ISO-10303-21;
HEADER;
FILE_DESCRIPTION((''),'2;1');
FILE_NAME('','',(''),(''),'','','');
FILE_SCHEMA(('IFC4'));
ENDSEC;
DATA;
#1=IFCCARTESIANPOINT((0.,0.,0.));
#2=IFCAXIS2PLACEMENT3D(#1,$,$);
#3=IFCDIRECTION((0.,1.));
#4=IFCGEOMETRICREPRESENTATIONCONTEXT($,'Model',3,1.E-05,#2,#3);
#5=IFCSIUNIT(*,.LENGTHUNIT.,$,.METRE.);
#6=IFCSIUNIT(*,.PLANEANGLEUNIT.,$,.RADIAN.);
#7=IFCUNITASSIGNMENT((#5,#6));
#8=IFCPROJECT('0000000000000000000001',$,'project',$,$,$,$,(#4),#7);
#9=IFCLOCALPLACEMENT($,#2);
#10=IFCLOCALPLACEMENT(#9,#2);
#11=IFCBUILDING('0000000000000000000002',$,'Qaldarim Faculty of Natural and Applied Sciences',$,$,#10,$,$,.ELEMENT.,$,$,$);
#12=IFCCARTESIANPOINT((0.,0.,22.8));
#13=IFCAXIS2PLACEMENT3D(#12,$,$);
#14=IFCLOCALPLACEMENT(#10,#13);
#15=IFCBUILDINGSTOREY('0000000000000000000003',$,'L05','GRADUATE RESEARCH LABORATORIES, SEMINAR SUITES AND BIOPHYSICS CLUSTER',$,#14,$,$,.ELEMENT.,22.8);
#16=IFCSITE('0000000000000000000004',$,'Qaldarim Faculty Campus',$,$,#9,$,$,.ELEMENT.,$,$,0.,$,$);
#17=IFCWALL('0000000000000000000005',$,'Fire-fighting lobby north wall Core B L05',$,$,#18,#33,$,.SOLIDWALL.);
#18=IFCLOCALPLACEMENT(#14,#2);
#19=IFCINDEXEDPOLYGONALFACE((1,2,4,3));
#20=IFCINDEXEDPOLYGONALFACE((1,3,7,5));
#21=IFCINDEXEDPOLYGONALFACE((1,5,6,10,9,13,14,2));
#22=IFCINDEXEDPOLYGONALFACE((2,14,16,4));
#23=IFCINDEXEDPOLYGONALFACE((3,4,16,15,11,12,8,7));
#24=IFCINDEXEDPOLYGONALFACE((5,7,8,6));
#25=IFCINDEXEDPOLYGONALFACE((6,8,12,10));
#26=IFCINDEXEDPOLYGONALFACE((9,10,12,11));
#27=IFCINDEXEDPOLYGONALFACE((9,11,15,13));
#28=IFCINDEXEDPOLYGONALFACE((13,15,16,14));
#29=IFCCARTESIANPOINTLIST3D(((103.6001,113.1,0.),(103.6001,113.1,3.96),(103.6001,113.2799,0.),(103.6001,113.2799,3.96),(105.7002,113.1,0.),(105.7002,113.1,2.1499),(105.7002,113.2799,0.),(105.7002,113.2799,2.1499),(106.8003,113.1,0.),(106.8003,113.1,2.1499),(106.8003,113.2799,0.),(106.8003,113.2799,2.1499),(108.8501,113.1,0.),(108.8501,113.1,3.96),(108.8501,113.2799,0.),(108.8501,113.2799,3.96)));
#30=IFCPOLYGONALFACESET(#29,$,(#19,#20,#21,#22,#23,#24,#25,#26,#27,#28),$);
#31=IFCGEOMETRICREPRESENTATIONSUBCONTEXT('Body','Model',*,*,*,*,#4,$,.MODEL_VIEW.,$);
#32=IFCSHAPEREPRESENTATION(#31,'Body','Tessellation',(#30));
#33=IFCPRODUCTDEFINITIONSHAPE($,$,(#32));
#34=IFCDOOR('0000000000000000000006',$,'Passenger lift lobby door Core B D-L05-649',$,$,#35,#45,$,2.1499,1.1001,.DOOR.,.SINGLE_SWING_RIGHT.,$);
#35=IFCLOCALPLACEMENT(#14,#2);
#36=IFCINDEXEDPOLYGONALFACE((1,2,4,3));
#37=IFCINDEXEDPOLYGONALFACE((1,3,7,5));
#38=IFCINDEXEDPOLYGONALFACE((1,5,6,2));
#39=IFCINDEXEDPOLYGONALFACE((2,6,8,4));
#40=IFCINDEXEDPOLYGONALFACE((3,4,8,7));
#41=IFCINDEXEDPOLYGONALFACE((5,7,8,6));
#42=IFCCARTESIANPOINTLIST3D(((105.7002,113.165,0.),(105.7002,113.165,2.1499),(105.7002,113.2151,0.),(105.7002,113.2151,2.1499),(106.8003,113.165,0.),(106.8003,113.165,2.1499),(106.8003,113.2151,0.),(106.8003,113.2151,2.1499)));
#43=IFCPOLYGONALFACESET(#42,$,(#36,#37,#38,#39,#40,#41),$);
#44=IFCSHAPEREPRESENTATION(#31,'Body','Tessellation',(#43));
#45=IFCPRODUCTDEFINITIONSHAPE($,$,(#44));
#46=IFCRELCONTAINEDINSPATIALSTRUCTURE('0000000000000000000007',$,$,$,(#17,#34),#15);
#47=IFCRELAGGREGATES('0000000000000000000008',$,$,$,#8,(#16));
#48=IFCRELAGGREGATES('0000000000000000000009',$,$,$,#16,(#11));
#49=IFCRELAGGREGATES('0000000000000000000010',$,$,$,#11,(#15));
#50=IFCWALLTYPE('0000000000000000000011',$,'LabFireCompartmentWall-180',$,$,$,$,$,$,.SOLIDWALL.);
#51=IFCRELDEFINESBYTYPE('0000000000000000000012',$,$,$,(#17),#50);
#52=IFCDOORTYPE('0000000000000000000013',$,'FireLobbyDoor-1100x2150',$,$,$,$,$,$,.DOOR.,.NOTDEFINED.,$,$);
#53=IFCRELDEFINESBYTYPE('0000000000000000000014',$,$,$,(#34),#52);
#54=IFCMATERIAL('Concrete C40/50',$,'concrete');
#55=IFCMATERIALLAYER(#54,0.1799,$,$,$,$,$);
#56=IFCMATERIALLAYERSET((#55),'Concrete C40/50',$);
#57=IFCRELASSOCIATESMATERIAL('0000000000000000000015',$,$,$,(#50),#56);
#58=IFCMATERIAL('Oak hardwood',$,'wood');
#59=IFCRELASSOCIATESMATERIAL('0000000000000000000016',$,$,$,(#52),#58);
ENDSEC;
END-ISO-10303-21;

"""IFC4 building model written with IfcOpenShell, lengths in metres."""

from ifc_helpers import new_model, si_unit, direction, frame, frame_2d, origin, place, context, subcontext, project, spatial, rectangle, extrude, material, layer, layer_set, type_object, element, fill, save


model = new_model("IFC4")

# Units and contexts
model_context = context("Model", 3, precision=1e-05, world=origin(), true_north=direction((0.0, 1.0)))
body_context = subcontext(model_context, "Body", "Model", "MODEL_VIEW")
ifc_project = project(units=[si_unit("LENGTHUNIT", "METRE"), si_unit("PLANEANGLEUNIT", "RADIAN")], contexts=[model_context])

# Site, building, storey
site_placement = place(None, origin())
site = spatial("IfcSite", under=ifc_project, at=site_placement, Name="Qaldarim Faculty Campus", CompositionType="ELEMENT", RefElevation=0.0)
building_placement = place(site_placement, origin())
building = spatial("IfcBuilding", under=site, at=building_placement, Name="Qaldarim Faculty of Natural and Applied Sciences", CompositionType="ELEMENT")
storey_placement = place(building_placement, frame((0.0, 0.0, 22.8)))
storey = spatial("IfcBuildingStorey", under=building, at=storey_placement, Name="L05", Description="GRADUATE RESEARCH LABORATORIES, SEMINAR SUITES AND BIOPHYSICS CLUSTER", CompositionType="ELEMENT", Elevation=22.8)

# Shared definitions
ifc_material_1 = material(Name="Concrete C40/50", Category="concrete")

# Shared definitions
ifc_material_2 = material(Name="Oak hardwood", Category="wood")

# Shared definitions
ifc_layer_1 = layer(ifc_material_1, 0.1799)
ifc_layer_set_1 = layer_set([ifc_layer_1], Name="Concrete C40/50")
wall_type_1 = type_object("IfcWallType", Name="LabFireCompartmentWall-180", PredefinedType="SOLIDWALL", material=ifc_layer_set_1)

# Wall, opening, door
wall_1_placement = place(storey_placement, frame((103.6001, 113.1899, 0.0), z_axis=(0.0, 0.0, 1.0), x_axis=(1.0, 0.0, 0.0)))
wall_1 = element("IfcWall", 1, at=wall_1_placement, inside=storey, type_object=wall_type_1, Name="Fire-fighting lobby north wall Core B L05", PredefinedType="SOLIDWALL", context=body_context, shape_type="SweptSolid", body=[
    extrude(rectangle(XDim=5.25, YDim=0.1799, at=frame_2d((2.625, 0.0))), origin(), (0.0, 0.0, 1.0), 3.96),
])
opening_1_placement = place(wall_1_placement, frame((2.1001, 0.0, 0.0)))
opening_1 = element("IfcOpeningElement", 2, at=opening_1_placement, cuts=wall_1, PredefinedType="OPENING", context=body_context, shape_type="SweptSolid", body=[
    extrude(rectangle(XDim=1.1001, YDim=2.1499, at=frame_2d((0.55, 1.075))), frame((0.0, 0.0999, 0.0), z_axis=(0.0, -1.0, 0.0), x_axis=(1.0, 0.0, 0.0)), (0.0, 0.0, 1.0), 0.2),
])
door_type_1 = type_object("IfcDoorType", Name="FireLobbyDoor-1100x2150", OperationType="NOTDEFINED", PredefinedType="DOOR", material=ifc_material_2)
door_1_placement = place(opening_1_placement, frame((1.1001, 0.0, 0.0), z_axis=(0.0, 0.0, 1.0), x_axis=(-1.0, 0.0, 0.0)))
door_1 = element("IfcDoor", 3, at=door_1_placement, inside=storey, type_object=door_type_1, Name="Passenger lift lobby door Core B D-L05-649", OperationType="SINGLE_SWING_RIGHT", OverallHeight=2.1499, OverallWidth=1.1001, PredefinedType="DOOR", context=body_context, shape_type="SweptSolid", body=[
    extrude(rectangle(XDim=1.1001, YDim=2.1499, at=frame_2d((0.55, 1.075))), frame((0.0, 0.0249, 0.0), z_axis=(0.0, -1.0, 0.0), x_axis=(1.0, 0.0, 0.0)), (0.0, 0.0, 1.0), 0.05),
])
fill(opening_1, door_1)

save(model, "model.ifc")
